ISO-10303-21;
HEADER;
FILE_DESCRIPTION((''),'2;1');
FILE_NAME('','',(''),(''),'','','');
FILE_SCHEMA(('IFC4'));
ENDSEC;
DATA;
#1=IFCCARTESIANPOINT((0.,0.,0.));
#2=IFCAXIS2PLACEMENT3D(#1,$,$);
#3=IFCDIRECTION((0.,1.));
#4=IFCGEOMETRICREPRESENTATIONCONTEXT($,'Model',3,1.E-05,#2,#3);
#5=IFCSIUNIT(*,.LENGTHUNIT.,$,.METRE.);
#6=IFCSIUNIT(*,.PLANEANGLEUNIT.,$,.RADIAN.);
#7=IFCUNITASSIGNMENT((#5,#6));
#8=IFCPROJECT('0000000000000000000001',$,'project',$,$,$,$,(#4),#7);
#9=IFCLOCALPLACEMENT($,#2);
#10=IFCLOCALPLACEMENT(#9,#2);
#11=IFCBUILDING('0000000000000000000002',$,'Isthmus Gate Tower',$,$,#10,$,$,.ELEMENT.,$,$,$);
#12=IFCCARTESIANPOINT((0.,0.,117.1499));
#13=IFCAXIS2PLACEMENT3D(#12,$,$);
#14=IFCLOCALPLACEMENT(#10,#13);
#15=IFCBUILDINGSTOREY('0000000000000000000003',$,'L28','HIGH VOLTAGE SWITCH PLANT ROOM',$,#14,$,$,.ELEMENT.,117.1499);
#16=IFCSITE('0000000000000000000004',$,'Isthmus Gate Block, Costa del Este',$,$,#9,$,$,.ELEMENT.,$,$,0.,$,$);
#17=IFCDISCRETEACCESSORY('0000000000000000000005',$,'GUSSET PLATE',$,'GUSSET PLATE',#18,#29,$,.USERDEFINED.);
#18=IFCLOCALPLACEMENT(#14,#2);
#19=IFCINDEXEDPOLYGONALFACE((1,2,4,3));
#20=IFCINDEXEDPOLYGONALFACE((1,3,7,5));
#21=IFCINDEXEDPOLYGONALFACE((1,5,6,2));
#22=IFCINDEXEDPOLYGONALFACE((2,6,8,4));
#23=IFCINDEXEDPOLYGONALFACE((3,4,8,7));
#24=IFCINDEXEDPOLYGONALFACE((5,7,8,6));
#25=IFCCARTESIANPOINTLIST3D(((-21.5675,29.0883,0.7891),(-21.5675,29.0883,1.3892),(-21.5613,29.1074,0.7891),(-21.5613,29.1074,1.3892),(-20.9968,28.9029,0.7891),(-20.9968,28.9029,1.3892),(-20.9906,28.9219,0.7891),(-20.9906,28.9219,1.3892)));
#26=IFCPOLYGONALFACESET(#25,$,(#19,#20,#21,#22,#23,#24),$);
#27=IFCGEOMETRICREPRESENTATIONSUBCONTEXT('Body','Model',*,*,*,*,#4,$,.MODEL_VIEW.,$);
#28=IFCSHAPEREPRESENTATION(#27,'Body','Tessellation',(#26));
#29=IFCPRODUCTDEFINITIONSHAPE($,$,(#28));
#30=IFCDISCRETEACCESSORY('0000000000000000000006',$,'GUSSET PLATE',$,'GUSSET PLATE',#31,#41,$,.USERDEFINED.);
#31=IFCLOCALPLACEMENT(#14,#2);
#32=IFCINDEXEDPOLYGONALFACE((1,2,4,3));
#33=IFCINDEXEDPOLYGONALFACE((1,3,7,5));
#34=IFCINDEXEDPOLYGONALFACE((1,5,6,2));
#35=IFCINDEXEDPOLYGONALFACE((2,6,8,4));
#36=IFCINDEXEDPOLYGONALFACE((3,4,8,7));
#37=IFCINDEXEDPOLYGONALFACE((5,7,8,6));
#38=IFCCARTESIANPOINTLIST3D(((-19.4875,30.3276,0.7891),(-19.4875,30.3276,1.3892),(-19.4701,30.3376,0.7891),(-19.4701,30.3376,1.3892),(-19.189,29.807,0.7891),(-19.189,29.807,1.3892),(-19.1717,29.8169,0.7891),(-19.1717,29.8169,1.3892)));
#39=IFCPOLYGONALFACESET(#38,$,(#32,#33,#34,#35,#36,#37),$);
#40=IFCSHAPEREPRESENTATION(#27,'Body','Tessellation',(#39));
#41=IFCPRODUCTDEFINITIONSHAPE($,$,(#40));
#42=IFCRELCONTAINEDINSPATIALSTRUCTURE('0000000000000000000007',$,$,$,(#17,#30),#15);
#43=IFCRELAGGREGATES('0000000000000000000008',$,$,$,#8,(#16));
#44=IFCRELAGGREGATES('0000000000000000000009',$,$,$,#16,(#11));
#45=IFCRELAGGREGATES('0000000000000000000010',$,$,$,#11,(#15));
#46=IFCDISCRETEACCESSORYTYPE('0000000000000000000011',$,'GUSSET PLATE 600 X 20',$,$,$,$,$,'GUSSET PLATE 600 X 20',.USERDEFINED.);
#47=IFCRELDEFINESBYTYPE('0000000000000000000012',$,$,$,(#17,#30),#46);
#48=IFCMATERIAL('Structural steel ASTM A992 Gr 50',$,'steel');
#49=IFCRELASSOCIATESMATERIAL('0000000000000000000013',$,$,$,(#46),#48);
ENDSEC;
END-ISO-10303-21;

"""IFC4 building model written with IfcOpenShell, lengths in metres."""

from ifc_helpers import new_model, si_unit, direction, frame, origin, origin_2d, place, context, subcontext, project, spatial, rectangle, extrude, material, type_object, element, save


model = new_model("IFC4")

# Units and contexts
model_context = context("Model", 3, precision=1e-05, world=origin(), true_north=direction((0.0, 1.0)))
body_context = subcontext(model_context, "Body", "Model", "MODEL_VIEW")
ifc_project = project(units=[si_unit("LENGTHUNIT", "METRE"), si_unit("PLANEANGLEUNIT", "RADIAN")], contexts=[model_context])

# Site, building, storey
site_placement = place(None, origin())
site = spatial("IfcSite", under=ifc_project, at=site_placement, Name="Isthmus Gate Block, Costa del Este", CompositionType="ELEMENT", RefElevation=0.0)
building_placement = place(site_placement, origin())
building = spatial("IfcBuilding", under=site, at=building_placement, Name="Isthmus Gate Tower", CompositionType="ELEMENT")
storey_placement = place(building_placement, frame((0.0, 0.0, 117.1499)))
storey = spatial("IfcBuildingStorey", under=building, at=storey_placement, Name="L28", Description="HIGH VOLTAGE SWITCH PLANT ROOM", CompositionType="ELEMENT", Elevation=117.1499)

# Discrete accessories
ifc_material_1 = material(Name="Structural steel ASTM A992 Gr 50", Category="steel")
discrete_accessory_type_1 = type_object("IfcDiscreteAccessoryType", Name="GUSSET PLATE 600 X 20", ElementType="GUSSET PLATE 600 X 20", PredefinedType="USERDEFINED", material=ifc_material_1)
for number, where, z_axis, x_axis, name in (
    (1, (-21.2791, 29.0051, 0.7891), (0.0, 0.0, 1.0), (0.951057, -0.309017, 0.0), "GUSSET PLATE"),
    (2, (-19.3296, 30.0723, 0.7891), (0.0, 0.0, 1.0), (0.497357, -0.867546, 0.0), "GUSSET PLATE"),
):
    element("IfcDiscreteAccessory", number, at=place(storey_placement, frame(where, z_axis=z_axis, x_axis=x_axis)), inside=storey, type_object=discrete_accessory_type_1, Name=name, ObjectType="GUSSET PLATE", PredefinedType="USERDEFINED", context=body_context, shape_type="SweptSolid", body=[
        extrude(rectangle(XDim=0.6001, YDim=0.02, at=origin_2d()), origin(), (0.0, 0.0, 1.0), 0.6001),
    ])

save(model, "model.ifc")
